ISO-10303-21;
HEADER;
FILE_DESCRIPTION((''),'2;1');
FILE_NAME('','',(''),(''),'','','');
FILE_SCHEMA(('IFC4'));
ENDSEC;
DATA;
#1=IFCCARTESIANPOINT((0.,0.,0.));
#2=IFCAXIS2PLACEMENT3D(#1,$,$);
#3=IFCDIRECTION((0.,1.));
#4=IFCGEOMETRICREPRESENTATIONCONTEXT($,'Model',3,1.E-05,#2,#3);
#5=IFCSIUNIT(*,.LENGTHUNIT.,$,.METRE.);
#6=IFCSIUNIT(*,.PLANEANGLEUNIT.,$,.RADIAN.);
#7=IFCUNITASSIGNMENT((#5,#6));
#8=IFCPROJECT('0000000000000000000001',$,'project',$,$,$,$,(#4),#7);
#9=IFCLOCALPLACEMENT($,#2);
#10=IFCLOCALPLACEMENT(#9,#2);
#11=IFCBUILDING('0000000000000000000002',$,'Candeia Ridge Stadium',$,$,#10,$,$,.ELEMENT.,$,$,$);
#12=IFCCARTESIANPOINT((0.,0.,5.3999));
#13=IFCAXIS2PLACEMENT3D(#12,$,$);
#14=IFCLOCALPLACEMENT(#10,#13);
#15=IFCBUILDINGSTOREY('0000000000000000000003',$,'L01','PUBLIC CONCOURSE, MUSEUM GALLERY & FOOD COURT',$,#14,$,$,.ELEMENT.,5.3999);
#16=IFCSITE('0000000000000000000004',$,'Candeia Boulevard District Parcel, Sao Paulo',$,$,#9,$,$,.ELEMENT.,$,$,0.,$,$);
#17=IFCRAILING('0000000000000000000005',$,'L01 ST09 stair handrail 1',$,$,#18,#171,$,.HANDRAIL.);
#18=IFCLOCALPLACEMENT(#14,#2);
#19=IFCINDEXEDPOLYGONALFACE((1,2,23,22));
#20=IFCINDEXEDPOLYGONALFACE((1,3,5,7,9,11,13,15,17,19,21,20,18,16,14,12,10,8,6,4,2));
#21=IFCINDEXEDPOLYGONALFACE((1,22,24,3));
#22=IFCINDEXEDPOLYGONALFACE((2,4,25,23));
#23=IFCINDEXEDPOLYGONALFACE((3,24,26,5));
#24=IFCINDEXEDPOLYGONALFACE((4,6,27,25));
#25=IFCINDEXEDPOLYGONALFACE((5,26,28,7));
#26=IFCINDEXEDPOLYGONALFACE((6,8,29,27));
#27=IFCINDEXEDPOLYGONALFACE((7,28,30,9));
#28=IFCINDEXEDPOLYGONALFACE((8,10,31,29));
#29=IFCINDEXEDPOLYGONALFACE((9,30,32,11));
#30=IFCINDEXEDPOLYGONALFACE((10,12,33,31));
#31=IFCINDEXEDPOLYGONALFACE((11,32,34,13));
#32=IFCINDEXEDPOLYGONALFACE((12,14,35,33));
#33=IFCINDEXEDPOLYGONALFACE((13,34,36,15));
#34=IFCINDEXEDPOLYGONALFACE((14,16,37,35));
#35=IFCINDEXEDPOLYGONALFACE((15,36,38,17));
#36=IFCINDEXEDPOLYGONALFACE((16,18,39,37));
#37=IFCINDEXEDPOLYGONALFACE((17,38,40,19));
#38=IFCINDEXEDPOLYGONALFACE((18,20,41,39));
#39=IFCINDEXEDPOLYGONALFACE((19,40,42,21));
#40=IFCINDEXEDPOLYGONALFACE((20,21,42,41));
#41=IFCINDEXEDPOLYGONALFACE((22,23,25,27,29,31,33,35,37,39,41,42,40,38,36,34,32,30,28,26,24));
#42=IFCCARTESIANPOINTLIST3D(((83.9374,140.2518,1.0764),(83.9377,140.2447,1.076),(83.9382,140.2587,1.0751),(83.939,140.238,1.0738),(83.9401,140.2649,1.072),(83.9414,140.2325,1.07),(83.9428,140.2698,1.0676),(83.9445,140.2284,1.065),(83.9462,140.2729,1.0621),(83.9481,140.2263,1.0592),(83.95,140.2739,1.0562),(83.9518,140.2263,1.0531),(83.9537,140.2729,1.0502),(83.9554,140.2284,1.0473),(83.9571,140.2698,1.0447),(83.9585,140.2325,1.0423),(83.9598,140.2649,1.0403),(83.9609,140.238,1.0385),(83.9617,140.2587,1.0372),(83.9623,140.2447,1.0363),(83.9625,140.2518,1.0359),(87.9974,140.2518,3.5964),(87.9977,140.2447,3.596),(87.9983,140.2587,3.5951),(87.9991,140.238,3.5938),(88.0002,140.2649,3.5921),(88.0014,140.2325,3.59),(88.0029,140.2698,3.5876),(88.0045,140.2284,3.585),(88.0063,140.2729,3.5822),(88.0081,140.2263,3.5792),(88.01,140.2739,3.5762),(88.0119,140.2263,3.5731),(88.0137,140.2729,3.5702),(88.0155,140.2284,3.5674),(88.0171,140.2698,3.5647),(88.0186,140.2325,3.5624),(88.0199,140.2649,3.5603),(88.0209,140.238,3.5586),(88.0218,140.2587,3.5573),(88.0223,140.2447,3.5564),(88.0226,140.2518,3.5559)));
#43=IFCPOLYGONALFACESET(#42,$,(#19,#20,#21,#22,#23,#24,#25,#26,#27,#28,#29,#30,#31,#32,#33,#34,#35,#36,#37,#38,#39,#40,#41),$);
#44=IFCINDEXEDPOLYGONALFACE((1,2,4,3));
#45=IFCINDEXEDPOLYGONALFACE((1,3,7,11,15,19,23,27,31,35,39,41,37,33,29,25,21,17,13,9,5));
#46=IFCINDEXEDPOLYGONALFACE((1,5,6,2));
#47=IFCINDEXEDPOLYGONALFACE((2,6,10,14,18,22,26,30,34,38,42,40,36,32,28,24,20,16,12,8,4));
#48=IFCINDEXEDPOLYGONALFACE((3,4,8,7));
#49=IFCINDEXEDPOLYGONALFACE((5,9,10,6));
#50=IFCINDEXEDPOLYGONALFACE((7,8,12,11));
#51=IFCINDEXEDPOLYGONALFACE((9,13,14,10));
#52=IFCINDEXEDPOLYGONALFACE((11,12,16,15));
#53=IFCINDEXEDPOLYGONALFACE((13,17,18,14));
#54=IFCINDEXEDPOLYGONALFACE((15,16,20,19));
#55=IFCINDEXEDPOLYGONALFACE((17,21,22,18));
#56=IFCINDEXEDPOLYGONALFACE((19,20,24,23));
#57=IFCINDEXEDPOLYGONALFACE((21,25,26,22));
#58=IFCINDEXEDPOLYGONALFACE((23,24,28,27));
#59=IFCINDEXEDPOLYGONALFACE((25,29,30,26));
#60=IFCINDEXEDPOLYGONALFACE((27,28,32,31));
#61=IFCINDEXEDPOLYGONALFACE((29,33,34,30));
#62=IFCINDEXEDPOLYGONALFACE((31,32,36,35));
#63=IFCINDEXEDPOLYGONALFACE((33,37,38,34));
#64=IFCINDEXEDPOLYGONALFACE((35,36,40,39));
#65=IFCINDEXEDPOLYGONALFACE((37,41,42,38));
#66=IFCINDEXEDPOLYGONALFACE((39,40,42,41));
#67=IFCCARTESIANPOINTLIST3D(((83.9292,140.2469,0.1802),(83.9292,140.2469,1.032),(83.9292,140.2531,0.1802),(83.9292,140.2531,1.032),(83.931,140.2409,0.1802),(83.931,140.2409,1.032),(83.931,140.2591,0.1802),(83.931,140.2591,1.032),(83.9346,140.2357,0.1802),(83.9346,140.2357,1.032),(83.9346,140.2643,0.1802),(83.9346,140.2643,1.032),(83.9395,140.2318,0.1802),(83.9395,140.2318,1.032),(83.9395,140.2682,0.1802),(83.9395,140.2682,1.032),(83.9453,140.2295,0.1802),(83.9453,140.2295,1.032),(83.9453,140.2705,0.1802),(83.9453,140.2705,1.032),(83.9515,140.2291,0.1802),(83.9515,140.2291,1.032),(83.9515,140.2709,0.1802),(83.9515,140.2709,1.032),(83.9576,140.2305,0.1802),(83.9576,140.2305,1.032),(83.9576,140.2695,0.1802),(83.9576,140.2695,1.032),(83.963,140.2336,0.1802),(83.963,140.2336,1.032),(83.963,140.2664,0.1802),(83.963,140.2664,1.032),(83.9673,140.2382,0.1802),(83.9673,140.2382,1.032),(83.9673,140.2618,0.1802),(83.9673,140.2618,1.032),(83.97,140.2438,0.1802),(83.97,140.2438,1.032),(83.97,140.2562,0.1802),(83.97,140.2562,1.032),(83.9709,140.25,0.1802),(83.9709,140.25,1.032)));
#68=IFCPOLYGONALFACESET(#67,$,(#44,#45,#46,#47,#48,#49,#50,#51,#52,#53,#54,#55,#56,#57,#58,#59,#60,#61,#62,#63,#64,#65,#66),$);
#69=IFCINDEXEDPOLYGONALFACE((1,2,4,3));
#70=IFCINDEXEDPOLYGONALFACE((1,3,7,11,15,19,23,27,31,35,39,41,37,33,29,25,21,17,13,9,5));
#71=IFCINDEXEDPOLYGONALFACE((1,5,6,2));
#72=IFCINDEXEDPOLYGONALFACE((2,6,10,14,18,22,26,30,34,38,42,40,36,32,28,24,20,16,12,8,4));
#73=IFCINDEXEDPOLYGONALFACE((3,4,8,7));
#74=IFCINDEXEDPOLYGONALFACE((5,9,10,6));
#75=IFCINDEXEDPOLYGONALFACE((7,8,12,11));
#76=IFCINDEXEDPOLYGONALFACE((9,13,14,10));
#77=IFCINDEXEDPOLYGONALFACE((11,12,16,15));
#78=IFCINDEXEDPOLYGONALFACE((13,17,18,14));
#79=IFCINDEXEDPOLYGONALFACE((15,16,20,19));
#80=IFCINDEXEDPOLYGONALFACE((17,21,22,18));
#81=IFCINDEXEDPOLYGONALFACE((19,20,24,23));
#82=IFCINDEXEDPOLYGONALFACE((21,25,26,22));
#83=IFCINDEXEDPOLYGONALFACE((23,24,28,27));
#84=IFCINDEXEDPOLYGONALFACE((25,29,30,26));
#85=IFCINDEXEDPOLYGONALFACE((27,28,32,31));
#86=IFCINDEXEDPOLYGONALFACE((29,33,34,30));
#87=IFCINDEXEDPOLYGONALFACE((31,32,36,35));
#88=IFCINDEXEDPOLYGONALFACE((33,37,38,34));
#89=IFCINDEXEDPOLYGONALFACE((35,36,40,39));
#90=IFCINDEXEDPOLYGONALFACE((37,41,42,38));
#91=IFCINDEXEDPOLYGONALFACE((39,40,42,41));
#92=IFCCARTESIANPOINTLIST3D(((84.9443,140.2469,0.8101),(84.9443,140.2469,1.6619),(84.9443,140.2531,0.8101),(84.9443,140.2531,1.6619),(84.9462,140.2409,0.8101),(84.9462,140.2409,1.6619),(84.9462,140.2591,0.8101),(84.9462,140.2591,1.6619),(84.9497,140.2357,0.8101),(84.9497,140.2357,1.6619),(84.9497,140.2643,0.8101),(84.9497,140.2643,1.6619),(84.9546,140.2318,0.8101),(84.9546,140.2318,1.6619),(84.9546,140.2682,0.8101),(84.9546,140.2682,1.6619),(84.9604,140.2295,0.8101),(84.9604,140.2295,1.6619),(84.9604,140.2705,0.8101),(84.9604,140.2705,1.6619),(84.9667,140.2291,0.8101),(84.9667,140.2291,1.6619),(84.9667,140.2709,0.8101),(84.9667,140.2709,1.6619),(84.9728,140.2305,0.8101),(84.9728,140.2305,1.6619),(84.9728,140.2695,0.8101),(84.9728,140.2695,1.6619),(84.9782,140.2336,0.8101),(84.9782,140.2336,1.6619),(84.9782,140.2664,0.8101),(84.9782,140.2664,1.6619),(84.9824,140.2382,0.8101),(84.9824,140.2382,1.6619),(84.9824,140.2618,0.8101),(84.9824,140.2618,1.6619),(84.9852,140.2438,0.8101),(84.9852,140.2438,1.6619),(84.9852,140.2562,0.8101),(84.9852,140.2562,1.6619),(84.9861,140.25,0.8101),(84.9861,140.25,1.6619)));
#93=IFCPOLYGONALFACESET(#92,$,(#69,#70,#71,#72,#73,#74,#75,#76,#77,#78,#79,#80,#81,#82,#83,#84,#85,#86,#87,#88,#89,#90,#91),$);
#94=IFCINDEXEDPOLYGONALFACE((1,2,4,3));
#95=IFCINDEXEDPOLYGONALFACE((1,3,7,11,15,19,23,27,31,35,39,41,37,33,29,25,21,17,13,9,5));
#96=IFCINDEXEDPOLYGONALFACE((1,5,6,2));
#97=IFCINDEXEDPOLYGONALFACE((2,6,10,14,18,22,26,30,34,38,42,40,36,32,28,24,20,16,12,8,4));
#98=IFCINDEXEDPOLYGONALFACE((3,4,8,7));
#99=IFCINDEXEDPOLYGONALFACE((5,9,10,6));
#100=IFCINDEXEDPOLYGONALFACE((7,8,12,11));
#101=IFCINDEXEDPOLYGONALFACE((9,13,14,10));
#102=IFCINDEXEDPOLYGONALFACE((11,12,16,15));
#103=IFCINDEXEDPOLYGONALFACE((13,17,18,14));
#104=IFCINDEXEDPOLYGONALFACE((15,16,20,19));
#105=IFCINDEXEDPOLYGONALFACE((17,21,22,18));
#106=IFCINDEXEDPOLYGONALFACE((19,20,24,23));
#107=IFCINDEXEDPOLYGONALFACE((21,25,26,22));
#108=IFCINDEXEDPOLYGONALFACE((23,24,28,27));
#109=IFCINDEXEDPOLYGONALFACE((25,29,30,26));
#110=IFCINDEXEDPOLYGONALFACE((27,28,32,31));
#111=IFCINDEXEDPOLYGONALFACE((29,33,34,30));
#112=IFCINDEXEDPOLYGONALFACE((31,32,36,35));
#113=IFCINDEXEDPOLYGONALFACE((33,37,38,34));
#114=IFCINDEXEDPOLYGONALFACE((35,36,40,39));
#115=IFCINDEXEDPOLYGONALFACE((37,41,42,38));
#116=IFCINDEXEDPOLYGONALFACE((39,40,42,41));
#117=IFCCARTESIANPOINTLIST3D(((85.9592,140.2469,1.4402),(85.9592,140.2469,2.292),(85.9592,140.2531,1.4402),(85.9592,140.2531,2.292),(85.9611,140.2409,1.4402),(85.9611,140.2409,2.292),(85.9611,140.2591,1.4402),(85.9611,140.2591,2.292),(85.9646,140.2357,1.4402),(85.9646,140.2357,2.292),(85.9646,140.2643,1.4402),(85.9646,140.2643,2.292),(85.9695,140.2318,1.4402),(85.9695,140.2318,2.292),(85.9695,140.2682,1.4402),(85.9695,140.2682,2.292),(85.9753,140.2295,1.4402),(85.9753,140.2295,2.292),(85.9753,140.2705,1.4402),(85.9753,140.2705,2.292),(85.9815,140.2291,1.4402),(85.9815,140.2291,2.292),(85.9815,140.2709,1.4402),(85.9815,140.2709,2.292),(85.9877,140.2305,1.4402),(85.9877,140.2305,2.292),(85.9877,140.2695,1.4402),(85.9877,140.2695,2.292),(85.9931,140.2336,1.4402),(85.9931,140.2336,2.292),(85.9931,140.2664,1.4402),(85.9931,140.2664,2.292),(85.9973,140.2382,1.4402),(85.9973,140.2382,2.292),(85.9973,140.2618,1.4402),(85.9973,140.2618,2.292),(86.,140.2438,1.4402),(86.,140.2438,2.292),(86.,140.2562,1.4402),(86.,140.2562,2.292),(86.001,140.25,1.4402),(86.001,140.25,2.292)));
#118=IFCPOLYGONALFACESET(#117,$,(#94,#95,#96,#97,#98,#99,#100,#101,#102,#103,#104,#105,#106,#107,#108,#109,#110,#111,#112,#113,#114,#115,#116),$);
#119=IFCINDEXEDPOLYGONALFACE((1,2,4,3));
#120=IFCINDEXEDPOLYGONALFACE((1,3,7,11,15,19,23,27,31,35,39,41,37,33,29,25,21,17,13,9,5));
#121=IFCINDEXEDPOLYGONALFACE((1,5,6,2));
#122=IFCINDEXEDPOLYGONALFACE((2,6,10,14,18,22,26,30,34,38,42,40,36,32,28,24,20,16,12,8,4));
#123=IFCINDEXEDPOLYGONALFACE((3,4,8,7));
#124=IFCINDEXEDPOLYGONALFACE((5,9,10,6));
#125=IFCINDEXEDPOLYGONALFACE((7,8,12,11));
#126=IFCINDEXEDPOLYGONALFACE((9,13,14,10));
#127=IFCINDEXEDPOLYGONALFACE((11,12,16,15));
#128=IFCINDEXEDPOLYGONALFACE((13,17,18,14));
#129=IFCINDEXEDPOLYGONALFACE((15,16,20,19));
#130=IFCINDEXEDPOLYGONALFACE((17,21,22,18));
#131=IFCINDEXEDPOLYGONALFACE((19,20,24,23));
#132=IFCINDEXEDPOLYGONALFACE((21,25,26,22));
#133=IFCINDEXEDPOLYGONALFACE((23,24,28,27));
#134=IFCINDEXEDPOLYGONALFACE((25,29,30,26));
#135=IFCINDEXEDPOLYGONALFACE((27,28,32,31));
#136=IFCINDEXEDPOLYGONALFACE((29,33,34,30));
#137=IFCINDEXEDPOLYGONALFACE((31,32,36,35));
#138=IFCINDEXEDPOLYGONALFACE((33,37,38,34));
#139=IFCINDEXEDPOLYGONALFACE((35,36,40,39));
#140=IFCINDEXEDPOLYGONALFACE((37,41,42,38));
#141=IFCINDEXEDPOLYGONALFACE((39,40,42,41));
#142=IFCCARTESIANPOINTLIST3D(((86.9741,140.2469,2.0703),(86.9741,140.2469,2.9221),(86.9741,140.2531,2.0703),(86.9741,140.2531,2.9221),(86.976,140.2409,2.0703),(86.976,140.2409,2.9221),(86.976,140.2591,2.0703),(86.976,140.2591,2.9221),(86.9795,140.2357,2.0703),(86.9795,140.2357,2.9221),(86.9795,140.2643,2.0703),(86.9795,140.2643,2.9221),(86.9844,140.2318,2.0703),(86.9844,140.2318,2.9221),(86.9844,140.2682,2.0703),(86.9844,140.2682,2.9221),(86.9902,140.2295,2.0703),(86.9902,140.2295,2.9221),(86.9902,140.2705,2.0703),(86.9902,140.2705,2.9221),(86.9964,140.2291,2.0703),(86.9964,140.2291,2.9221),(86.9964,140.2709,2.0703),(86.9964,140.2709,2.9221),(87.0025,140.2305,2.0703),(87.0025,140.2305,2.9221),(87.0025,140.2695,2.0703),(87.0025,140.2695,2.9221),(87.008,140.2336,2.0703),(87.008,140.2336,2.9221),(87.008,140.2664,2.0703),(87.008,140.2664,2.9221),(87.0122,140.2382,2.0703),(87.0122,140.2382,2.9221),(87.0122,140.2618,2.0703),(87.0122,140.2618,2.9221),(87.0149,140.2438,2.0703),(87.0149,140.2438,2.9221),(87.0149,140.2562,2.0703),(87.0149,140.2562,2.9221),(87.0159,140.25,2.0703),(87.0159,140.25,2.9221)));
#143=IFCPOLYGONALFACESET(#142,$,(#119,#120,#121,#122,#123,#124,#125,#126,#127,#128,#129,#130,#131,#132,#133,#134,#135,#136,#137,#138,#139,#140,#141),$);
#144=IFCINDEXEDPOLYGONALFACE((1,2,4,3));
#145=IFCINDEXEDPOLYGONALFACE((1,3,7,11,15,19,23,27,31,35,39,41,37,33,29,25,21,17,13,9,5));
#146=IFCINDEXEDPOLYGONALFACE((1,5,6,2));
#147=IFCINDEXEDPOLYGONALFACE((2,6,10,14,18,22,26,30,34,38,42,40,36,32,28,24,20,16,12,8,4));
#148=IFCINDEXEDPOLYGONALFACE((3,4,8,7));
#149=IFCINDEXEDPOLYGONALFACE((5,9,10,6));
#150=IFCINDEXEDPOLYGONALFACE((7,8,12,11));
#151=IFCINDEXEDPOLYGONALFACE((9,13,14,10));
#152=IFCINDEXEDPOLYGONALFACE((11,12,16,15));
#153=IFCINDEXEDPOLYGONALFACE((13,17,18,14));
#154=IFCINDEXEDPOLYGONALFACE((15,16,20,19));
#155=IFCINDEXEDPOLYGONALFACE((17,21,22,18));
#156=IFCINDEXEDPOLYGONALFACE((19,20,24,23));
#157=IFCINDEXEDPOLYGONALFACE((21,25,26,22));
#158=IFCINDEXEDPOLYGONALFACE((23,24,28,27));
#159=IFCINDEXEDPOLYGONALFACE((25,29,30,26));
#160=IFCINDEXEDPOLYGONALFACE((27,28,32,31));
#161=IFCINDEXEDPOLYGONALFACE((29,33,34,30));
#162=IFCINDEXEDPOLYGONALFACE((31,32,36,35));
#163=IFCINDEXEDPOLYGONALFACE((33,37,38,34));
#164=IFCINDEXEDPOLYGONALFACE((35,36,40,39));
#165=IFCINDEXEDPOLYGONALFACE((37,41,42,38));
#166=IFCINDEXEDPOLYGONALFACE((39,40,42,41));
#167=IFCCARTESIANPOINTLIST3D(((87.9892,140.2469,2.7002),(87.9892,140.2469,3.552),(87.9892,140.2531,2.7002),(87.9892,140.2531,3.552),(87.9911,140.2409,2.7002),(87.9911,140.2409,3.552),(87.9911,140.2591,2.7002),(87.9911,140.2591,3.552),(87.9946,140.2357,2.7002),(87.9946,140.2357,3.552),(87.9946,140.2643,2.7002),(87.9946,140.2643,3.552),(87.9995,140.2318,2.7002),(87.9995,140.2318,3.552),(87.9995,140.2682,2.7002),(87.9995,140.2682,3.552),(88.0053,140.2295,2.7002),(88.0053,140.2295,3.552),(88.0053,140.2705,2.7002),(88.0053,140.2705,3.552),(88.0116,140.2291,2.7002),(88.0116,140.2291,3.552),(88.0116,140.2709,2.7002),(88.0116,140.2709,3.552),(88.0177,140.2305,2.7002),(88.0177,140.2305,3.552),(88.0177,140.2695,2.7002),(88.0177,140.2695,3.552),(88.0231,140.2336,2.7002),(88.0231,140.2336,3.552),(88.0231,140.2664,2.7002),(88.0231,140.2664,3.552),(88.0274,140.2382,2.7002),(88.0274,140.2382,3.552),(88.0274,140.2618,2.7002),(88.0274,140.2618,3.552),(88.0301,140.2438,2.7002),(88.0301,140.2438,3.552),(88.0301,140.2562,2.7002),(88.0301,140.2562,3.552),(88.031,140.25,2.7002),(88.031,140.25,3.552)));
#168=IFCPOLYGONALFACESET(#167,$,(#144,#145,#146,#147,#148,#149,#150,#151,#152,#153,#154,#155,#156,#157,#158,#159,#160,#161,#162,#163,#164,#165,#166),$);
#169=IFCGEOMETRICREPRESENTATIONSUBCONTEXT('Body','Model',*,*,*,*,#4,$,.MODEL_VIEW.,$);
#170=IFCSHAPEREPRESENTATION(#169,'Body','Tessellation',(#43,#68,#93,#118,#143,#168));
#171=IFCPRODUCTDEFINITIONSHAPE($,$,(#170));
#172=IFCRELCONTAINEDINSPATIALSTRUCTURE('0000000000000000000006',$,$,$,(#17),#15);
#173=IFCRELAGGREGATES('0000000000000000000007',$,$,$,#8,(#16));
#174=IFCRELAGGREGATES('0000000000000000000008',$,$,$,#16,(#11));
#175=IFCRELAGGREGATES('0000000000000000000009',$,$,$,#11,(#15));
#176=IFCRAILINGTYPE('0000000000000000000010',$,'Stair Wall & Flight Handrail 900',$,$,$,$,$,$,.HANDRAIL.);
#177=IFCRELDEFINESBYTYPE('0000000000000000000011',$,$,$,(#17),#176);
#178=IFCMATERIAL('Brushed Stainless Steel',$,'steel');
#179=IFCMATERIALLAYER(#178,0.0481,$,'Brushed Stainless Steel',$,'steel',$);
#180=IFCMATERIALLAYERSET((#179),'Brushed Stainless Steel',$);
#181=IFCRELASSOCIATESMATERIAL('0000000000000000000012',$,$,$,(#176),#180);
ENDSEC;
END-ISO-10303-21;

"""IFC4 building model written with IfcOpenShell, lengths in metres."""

from ifc_helpers import new_model, si_unit, direction, frame, origin, origin_2d, place, context, subcontext, project, spatial, circle, extrude, material, layer, layer_set, type_object, element, save


model = new_model("IFC4")

# Units and contexts
model_context = context("Model", 3, precision=1e-05, world=origin(), true_north=direction((0.0, 1.0)))
body_context = subcontext(model_context, "Body", "Model", "MODEL_VIEW")
ifc_project = project(units=[si_unit("LENGTHUNIT", "METRE"), si_unit("PLANEANGLEUNIT", "RADIAN")], contexts=[model_context])

# Site, building, storey
site_placement = place(None, origin())
site = spatial("IfcSite", under=ifc_project, at=site_placement, Name="Candeia Boulevard District Parcel, Sao Paulo", CompositionType="ELEMENT", RefElevation=0.0)
building_placement = place(site_placement, origin())
building = spatial("IfcBuilding", under=site, at=building_placement, Name="Candeia Ridge Stadium", CompositionType="ELEMENT")
storey_placement = place(building_placement, frame((0.0, 0.0, 5.3999)))
storey = spatial("IfcBuildingStorey", under=building, at=storey_placement, Name="L01", Description="PUBLIC CONCOURSE, MUSEUM GALLERY & FOOD COURT", CompositionType="ELEMENT", Elevation=5.3999)

# Shared definitions
ifc_material_1 = material(Name="Brushed Stainless Steel", Category="steel")

# Railing
ifc_layer_1 = layer(ifc_material_1, 0.0481, Name="Brushed Stainless Steel", Category="steel")
ifc_layer_set_1 = layer_set([ifc_layer_1], Name="Brushed Stainless Steel")
railing_type_1 = type_object("IfcRailingType", Name="Stair Wall & Flight Handrail 900", PredefinedType="HANDRAIL", material=ifc_layer_set_1)
railing_1_placement = place(storey_placement, frame((83.95, 140.25, 0.1802)))
element("IfcRailing", 1, at=railing_1_placement, inside=storey, type_object=railing_type_1, Name="L01 ST09 stair handrail 1", PredefinedType="HANDRAIL", context=body_context, shape_type="SweptSolid", body=[
    extrude(circle(Radius=0.0239, at=origin_2d()), frame((0.0, 0.0, 0.876), z_axis=(0.849642, 0.0, 0.52736), x_axis=(0.0, 1.0, 0.0)), (0.0, 0.0, 1.0), 4.7786),
    extrude(circle(Radius=0.021, at=origin_2d()), origin(), (0.0, 0.0, 1.0), 0.8518),
    extrude(circle(Radius=0.021, at=origin_2d()), frame((1.0151, 0.0, 0.6299)), (0.0, 0.0, 1.0), 0.8518),
    extrude(circle(Radius=0.021, at=origin_2d()), frame((2.03, 0.0, 1.26)), (0.0, 0.0, 1.0), 0.8518),
    extrude(circle(Radius=0.021, at=origin_2d()), frame((3.0449, 0.0, 1.8901)), (0.0, 0.0, 1.0), 0.8518),
    extrude(circle(Radius=0.021, at=origin_2d()), frame((4.0601, 0.0, 2.52)), (0.0, 0.0, 1.0), 0.8518),
])

save(model, "model.ifc")
